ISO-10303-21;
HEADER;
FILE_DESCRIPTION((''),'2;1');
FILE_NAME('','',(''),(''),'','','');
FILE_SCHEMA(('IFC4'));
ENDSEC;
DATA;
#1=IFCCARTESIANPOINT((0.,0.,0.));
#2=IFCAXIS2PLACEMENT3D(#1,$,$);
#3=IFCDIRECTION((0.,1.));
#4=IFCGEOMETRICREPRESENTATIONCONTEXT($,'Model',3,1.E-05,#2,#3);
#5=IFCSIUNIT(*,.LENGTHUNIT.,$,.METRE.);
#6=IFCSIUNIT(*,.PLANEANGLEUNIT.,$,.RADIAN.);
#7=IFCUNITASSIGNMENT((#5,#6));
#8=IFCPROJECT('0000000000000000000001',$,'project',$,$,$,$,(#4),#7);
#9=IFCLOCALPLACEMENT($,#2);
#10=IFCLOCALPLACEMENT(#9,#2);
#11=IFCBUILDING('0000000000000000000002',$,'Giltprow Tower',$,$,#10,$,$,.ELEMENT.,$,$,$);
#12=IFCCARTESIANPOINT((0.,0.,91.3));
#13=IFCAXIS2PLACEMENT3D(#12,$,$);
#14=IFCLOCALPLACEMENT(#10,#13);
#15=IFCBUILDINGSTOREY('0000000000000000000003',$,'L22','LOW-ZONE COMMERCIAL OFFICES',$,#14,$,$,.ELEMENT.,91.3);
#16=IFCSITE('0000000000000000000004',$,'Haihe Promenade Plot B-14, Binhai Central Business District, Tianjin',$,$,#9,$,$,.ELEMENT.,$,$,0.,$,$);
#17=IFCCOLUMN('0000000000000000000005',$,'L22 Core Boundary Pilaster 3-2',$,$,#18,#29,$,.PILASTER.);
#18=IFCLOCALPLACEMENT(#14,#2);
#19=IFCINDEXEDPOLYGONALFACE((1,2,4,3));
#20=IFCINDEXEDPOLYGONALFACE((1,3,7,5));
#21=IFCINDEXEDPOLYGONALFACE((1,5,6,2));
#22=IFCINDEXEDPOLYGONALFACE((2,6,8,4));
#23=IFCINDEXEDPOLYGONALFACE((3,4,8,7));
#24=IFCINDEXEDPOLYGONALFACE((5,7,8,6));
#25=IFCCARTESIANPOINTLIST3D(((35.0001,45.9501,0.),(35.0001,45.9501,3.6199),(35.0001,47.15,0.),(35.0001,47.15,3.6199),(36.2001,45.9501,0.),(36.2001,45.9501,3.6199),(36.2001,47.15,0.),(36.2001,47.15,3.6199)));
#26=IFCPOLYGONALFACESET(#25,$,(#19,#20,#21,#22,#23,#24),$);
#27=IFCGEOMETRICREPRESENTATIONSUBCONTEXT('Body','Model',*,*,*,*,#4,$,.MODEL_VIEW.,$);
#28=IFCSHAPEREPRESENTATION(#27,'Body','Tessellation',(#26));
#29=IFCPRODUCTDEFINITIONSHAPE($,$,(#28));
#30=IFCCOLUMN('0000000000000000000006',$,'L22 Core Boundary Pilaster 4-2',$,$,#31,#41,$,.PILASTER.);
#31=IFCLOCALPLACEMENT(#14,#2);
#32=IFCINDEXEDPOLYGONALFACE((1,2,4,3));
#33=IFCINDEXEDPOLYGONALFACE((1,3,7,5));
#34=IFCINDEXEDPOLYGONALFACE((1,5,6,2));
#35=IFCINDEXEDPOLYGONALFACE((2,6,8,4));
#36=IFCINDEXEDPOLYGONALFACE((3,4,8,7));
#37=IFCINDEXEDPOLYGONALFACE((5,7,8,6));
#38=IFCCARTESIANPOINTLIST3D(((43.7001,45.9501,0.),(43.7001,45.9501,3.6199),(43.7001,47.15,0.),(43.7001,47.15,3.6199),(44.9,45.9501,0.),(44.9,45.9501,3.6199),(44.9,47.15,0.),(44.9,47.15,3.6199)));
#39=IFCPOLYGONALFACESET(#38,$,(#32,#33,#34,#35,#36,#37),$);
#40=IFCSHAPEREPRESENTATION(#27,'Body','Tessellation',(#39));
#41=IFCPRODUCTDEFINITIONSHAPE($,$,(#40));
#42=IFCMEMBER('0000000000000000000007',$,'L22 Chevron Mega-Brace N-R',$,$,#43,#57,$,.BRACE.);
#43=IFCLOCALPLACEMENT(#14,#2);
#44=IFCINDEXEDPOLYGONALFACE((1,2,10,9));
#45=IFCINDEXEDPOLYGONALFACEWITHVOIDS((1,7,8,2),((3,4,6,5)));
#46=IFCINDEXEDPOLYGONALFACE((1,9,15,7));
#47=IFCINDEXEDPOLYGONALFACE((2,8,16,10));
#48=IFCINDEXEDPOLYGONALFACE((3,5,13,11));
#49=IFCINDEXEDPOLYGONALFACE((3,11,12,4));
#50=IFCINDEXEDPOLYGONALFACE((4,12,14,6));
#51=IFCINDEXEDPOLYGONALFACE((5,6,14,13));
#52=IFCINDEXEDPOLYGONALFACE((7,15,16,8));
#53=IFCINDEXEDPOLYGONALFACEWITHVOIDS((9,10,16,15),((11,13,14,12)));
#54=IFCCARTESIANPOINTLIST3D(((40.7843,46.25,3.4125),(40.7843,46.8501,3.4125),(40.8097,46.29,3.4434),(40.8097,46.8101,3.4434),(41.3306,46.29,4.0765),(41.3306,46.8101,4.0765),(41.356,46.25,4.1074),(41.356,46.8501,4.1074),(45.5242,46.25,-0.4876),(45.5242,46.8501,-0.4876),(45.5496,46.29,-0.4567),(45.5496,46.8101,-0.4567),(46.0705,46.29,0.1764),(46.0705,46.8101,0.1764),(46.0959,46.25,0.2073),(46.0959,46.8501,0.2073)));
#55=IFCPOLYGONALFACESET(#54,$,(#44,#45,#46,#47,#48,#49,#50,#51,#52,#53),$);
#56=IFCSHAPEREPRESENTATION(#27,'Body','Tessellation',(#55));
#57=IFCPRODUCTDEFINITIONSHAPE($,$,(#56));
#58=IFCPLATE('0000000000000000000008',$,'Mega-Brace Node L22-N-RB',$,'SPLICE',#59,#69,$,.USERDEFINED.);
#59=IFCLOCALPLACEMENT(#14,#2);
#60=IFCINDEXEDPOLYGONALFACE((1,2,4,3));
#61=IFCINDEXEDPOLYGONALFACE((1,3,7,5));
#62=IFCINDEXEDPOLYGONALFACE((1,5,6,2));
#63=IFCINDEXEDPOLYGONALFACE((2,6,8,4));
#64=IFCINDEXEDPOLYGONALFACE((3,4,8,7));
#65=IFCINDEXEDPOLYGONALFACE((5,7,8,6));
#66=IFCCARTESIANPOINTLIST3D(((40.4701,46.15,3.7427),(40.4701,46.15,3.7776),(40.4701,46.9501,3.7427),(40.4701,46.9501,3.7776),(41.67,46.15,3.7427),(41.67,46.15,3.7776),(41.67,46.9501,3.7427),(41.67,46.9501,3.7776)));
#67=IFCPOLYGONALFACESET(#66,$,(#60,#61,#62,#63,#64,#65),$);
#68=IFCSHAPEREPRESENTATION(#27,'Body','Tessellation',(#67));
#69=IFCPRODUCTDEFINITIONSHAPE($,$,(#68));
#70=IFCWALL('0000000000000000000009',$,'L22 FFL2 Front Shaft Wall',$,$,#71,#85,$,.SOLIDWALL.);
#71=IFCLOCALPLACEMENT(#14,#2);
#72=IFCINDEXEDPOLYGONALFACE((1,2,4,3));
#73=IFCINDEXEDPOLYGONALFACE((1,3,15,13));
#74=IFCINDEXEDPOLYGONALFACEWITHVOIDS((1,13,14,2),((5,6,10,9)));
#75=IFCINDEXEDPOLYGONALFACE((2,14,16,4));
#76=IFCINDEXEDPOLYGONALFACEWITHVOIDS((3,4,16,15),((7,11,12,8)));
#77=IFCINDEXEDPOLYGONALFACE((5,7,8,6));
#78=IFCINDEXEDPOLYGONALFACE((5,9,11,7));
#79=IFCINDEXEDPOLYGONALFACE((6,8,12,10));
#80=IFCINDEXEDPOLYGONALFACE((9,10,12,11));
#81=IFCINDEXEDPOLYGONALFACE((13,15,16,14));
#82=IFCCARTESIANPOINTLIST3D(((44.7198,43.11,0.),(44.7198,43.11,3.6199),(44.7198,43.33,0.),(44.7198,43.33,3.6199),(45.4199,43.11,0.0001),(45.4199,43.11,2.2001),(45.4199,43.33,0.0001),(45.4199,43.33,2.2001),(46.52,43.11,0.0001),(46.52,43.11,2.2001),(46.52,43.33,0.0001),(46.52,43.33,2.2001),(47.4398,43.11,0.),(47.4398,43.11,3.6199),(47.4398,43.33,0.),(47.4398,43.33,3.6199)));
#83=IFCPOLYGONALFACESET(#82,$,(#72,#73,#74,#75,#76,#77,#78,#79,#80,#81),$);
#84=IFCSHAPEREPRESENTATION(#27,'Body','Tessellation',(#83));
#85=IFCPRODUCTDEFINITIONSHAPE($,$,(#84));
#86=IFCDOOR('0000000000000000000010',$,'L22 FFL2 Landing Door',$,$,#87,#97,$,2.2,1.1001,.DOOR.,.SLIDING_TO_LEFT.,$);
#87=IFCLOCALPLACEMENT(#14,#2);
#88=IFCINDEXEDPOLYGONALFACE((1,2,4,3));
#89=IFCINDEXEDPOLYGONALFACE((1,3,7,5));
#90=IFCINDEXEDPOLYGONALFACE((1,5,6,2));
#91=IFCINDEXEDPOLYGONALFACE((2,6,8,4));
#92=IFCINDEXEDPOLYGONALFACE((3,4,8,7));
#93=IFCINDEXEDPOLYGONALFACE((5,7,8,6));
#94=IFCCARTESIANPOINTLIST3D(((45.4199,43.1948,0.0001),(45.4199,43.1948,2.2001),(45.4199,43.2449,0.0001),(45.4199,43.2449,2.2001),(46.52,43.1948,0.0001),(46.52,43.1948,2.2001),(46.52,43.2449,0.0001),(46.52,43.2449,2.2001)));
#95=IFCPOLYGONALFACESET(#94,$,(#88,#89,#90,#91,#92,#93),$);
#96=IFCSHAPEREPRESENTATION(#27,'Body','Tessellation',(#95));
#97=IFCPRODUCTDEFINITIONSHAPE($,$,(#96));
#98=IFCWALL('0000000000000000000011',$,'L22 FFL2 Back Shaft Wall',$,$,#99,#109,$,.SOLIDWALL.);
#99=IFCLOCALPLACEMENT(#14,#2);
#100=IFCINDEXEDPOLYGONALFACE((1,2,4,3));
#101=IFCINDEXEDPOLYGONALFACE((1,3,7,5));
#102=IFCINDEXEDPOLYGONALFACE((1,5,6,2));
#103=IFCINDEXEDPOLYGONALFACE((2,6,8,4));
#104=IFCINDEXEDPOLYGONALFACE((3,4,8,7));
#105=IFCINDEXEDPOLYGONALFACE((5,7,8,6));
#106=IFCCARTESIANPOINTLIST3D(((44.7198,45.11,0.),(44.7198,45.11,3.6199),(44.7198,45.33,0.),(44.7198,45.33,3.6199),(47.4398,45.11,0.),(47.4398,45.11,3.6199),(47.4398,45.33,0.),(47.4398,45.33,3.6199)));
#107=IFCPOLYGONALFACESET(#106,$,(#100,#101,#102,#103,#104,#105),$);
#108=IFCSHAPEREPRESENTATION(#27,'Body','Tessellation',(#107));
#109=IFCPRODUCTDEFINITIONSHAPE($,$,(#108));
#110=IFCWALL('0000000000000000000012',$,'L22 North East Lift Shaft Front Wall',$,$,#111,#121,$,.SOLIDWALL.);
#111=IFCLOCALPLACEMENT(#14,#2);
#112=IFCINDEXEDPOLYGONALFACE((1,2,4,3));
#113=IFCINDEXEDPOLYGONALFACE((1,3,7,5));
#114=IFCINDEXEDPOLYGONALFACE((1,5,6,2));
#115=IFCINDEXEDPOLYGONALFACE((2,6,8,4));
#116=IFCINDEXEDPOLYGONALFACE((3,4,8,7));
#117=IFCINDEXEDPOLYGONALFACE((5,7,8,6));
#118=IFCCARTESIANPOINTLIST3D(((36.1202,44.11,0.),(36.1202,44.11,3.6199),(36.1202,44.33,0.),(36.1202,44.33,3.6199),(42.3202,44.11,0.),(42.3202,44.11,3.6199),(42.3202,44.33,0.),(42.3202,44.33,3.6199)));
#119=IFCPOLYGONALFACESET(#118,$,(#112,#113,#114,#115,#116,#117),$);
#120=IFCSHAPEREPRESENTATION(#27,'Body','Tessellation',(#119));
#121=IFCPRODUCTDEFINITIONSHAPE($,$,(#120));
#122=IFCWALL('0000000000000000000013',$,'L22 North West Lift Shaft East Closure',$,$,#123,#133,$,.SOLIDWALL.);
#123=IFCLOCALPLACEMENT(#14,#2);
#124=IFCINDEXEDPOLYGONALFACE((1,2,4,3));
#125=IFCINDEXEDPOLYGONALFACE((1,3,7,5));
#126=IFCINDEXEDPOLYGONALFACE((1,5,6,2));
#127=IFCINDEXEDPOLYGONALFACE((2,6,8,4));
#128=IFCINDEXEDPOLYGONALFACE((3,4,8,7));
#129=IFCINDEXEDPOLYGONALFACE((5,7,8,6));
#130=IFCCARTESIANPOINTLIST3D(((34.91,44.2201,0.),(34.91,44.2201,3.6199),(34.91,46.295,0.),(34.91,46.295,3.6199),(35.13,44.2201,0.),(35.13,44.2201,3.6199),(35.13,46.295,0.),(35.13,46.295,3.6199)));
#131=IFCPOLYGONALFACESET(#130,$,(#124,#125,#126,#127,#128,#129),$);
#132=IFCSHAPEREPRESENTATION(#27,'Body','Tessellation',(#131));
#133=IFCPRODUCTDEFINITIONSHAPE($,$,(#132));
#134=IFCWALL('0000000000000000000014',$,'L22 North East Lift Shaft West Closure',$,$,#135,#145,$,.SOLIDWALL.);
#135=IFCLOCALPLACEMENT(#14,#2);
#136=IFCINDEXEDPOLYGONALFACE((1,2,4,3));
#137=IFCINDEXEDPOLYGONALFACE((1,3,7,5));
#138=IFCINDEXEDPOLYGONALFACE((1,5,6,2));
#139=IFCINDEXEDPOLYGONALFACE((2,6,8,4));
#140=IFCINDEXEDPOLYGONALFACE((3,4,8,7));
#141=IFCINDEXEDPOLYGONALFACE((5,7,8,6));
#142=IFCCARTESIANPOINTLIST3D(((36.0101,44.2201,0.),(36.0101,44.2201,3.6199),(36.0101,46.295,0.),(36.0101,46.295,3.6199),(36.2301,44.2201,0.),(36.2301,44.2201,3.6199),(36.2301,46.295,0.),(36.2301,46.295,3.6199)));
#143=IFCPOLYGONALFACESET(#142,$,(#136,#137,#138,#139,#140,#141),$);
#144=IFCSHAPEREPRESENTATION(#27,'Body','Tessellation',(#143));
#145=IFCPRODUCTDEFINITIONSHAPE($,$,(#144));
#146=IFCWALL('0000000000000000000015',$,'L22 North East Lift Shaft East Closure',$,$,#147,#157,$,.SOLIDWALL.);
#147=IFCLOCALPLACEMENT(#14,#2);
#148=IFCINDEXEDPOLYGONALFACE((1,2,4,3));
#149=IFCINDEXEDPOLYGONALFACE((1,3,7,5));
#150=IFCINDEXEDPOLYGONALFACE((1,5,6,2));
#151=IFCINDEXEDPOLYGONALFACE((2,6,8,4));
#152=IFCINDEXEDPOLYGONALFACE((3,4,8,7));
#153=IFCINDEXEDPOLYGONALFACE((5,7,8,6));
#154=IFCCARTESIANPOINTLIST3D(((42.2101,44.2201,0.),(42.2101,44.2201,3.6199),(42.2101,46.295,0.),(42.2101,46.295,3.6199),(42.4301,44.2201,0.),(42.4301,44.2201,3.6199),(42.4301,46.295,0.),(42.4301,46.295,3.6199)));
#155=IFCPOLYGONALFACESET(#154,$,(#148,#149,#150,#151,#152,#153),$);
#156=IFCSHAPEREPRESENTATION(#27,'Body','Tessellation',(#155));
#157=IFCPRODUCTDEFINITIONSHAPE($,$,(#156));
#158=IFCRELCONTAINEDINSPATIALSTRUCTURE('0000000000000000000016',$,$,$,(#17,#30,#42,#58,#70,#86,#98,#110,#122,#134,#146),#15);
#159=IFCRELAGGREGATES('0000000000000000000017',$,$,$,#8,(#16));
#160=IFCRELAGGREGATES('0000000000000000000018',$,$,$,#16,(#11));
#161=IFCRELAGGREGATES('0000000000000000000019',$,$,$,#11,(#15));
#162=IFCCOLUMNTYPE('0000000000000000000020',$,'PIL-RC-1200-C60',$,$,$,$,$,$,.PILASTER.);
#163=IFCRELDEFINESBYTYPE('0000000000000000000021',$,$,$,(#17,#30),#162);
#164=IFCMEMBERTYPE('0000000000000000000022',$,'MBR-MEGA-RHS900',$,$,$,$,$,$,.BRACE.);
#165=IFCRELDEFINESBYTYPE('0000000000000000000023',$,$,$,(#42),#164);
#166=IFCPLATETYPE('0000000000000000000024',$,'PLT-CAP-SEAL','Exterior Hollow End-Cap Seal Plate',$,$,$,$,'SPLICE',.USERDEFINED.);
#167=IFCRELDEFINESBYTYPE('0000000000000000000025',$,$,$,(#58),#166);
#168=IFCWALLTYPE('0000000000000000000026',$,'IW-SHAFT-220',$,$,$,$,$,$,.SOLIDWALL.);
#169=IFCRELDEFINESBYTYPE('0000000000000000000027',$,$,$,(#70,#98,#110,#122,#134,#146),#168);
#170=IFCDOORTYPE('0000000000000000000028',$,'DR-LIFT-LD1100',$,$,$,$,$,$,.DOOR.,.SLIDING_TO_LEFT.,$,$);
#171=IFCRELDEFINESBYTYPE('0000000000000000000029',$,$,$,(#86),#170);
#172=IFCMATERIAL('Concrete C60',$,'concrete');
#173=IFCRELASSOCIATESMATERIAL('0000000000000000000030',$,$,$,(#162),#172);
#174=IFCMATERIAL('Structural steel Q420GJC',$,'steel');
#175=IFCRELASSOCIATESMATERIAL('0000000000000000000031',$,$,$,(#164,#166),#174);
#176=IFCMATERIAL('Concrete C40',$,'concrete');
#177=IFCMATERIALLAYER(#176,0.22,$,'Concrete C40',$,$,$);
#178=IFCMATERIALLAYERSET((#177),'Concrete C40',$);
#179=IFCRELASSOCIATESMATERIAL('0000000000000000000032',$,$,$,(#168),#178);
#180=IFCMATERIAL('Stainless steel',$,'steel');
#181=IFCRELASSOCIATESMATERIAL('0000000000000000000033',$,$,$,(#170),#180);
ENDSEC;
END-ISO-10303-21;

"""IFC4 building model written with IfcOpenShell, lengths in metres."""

from ifc_helpers import new_model, si_unit, direction, frame, frame_2d, origin, origin_2d, place, context, subcontext, project, spatial, rectangle, hollow_rectangle, extrude, source, transform, mapped, material, layer, layer_set, material_profile, profile_set, type_object, element, fill, save


model = new_model("IFC4")

# Units and contexts
model_context = context("Model", 3, precision=1e-05, world=origin(), true_north=direction((0.0, 1.0)))
body_context = subcontext(model_context, "Body", "Model", "MODEL_VIEW")
ifc_project = project(units=[si_unit("LENGTHUNIT", "METRE"), si_unit("PLANEANGLEUNIT", "RADIAN")], contexts=[model_context])

# Site, building, storey
site_placement = place(None, origin())
site = spatial("IfcSite", under=ifc_project, at=site_placement, Name="Haihe Promenade Plot B-14, Binhai Central Business District, Tianjin", CompositionType="ELEMENT", RefElevation=0.0)
building_placement = place(site_placement, origin())
building = spatial("IfcBuilding", under=site, at=building_placement, Name="Giltprow Tower", CompositionType="ELEMENT")
storey_placement = place(building_placement, frame((0.0, 0.0, 91.3)))
storey = spatial("IfcBuildingStorey", under=building, at=storey_placement, Name="L22", Description="LOW-ZONE COMMERCIAL OFFICES", CompositionType="ELEMENT", Elevation=91.3)

# Columns
ifc_material_1 = material(Name="Concrete C60", Category="concrete")
ifc_material_profile_1 = material_profile(ifc_material_1, rectangle(XDim=1.2, YDim=1.2, at=origin_2d()), Name="RC 1200x1200")
ifc_profile_set_1 = profile_set([ifc_material_profile_1], Name="Concrete C60")
column_type = type_object("IfcColumnType", Name="PIL-RC-1200-C60", PredefinedType="PILASTER", material=ifc_profile_set_1)
shared_shape_1 = source(origin(), body_context, "Body", "SweptSolid", [
    extrude(rectangle(XDim=1.2, YDim=1.2, at=origin_2d()), origin(), (0.0, 0.0, 1.0), 3.6199),
])
for number, where, z_axis, x_axis, name in (
    (1, (35.6001, 46.55, 0.0), (0.0, 0.0, 1.0), (1.0, 0.0, 0.0), "L22 Core Boundary Pilaster 3-2"),
    (2, (44.3, 46.55, 0.0), (0.0, 0.0, 1.0), (1.0, 0.0, 0.0), "L22 Core Boundary Pilaster 4-2"),
):
    element("IfcColumn", number, at=place(storey_placement, frame(where, z_axis=z_axis, x_axis=x_axis)), inside=storey, type_object=column_type, Name=name, PredefinedType="PILASTER", context=body_context, shape_type="MappedRepresentation", body=[
        mapped(shared_shape_1, transform((0.0, 0.0, 0.0), x_axis=(1.0, 0.0, 0.0), y_axis=(0.0, 1.0, 0.0), z_axis=(0.0, 0.0, 1.0), scale=1.0)),
    ])

# Member
ifc_material_2 = material(Name="Structural steel Q420GJC", Category="steel")
ifc_material_profile_2 = material_profile(ifc_material_2, hollow_rectangle(XDim=0.6001, YDim=0.8999, WallThickness=0.04, at=origin_2d()), Name="RHS 900x600x40")
ifc_profile_set_2 = profile_set([ifc_material_profile_2], Name="Structural steel Q420GJC")
member_type = type_object("IfcMemberType", Name="MBR-MEGA-RHS900", PredefinedType="BRACE", material=ifc_profile_set_2)
shared_shape_2 = source(origin(), body_context, "Body", "SweptSolid", [
    extrude(hollow_rectangle(XDim=0.6001, YDim=0.8999, WallThickness=0.04, at=origin_2d()), origin(), (0.0, 0.0, 1.0), 6.1382),
])
member_placement = place(storey_placement, frame((45.8101, 46.55, -0.1401), z_axis=(-0.7722, 0.0, 0.63538), x_axis=(0.0, -1.0, 0.0)))
element("IfcMember", 3, at=member_placement, inside=storey, type_object=member_type, Name="L22 Chevron Mega-Brace N-R", PredefinedType="BRACE", context=body_context, shape_type="MappedRepresentation", body=[
    mapped(shared_shape_2, transform((0.0, 0.0, 0.0), x_axis=(1.0, 0.0, 0.0), y_axis=(0.0, 1.0, 0.0), z_axis=(0.0, 0.0, 1.0), scale=1.0)),
])

# Plate
plate_type = type_object("IfcPlateType", Name="PLT-CAP-SEAL", Description="Exterior Hollow End-Cap Seal Plate", ElementType="SPLICE", PredefinedType="USERDEFINED", material=ifc_material_2)
shared_shape_3 = source(origin(), body_context, "Body", "SweptSolid", [
    extrude(rectangle(XDim=1.2, YDim=0.8, at=origin_2d()), origin(), (0.0, 0.0, 1.0), 0.0349),
])
plate_placement = place(storey_placement, frame((41.0701, 46.55, 3.7427), z_axis=(0.0, 0.0, 1.0), x_axis=(1.0, 0.0, 0.0)))
element("IfcPlate", 4, at=plate_placement, inside=storey, type_object=plate_type, Name="Mega-Brace Node L22-N-RB", ObjectType="SPLICE", PredefinedType="USERDEFINED", context=body_context, shape_type="MappedRepresentation", body=[
    mapped(shared_shape_3, transform((0.0, 0.0, 0.0), x_axis=(1.0, 0.0, 0.0), y_axis=(0.0, 1.0, 0.0), z_axis=(0.0, 0.0, 1.0), scale=1.0)),
])

# Wall, opening, door
ifc_material_3 = material(Name="Concrete C40", Category="concrete")
ifc_layer_1 = layer(ifc_material_3, 0.22, Name="Concrete C40")
ifc_layer_set_1 = layer_set([ifc_layer_1], Name="Concrete C40")
wall_type_1 = type_object("IfcWallType", Name="IW-SHAFT-220", PredefinedType="SOLIDWALL", material=ifc_layer_set_1)
wall_1_placement = place(storey_placement, frame((44.72, 43.22, 0.0), z_axis=(0.0, 0.0, 1.0), x_axis=(1.0, 0.0, 0.0)))
wall_1 = element("IfcWall", 5, at=wall_1_placement, inside=storey, type_object=wall_type_1, Name="L22 FFL2 Front Shaft Wall", PredefinedType="SOLIDWALL", context=body_context, shape_type="SweptSolid", body=[
    extrude(rectangle(XDim=2.72, YDim=0.22, at=frame_2d((1.3599, 0.0))), origin(), (0.0, 0.0, 1.0), 3.6199),
])
opening_1_placement = place(wall_1_placement, frame((0.7, 0.0, 0.0)))
opening_1 = element("IfcOpeningElement", 6, at=opening_1_placement, cuts=wall_1, PredefinedType="OPENING", context=body_context, shape_type="SweptSolid", body=[
    extrude(rectangle(XDim=1.1001, YDim=2.2, at=frame_2d((0.55, 1.1001))), frame((0.0, 0.1199, 0.0), z_axis=(0.0, -1.0, 0.0), x_axis=(1.0, 0.0, 0.0)), (0.0, 0.0, 1.0), 0.24),
])
ifc_material_4 = material(Name="Stainless steel", Category="steel")
door_type = type_object("IfcDoorType", Name="DR-LIFT-LD1100", OperationType="SLIDING_TO_LEFT", PredefinedType="DOOR", material=ifc_material_4)
shared_shape_4 = source(origin(), body_context, "Body", "SweptSolid", [
    extrude(rectangle(XDim=1.1001, YDim=2.2, at=frame_2d((0.55, 1.1001))), frame((0.0, 0.0249, 0.0), z_axis=(0.0, -1.0, 0.0), x_axis=(1.0, 0.0, 0.0)), (0.0, 0.0, 1.0), 0.05),
])
door_1_placement = place(opening_1_placement, origin())
door_1 = element("IfcDoor", 7, at=door_1_placement, inside=storey, type_object=door_type, Name="L22 FFL2 Landing Door", OperationType="SLIDING_TO_LEFT", OverallHeight=2.2, OverallWidth=1.1001, PredefinedType="DOOR", context=body_context, shape_type="MappedRepresentation", body=[
    mapped(shared_shape_4, transform((0.0, 0.0, 0.0), x_axis=(1.0, 0.0, 0.0), y_axis=(0.0, 1.0, 0.0), z_axis=(0.0, 0.0, 1.0), scale=1.0)),
])
fill(opening_1, door_1)

# Walls
wall_2_placement = place(storey_placement, frame((44.72, 45.22, 0.0), z_axis=(0.0, 0.0, 1.0), x_axis=(1.0, 0.0, 0.0)))
element("IfcWall", 8, at=wall_2_placement, inside=storey, type_object=wall_type_1, Name="L22 FFL2 Back Shaft Wall", PredefinedType="SOLIDWALL", context=body_context, shape_type="SweptSolid", body=[
    extrude(rectangle(XDim=2.72, YDim=0.22, at=frame_2d((1.3599, 0.0))), origin(), (0.0, 0.0, 1.0), 3.6199),
])
wall_3_placement = place(storey_placement, frame((36.1201, 44.22, 0.0), z_axis=(0.0, 0.0, 1.0), x_axis=(1.0, 0.0, 0.0)))
element("IfcWall", 9, at=wall_3_placement, inside=storey, type_object=wall_type_1, Name="L22 North East Lift Shaft Front Wall", PredefinedType="SOLIDWALL", context=body_context, shape_type="SweptSolid", body=[
    extrude(rectangle(XDim=6.2, YDim=0.22, at=frame_2d((3.1001, 0.0))), origin(), (0.0, 0.0, 1.0), 3.6199),
])
for number, where, z_axis, x_axis, name in (
    (10, (35.02, 44.22, 0.0), (0.0, 0.0, 1.0), (0.0, 1.0, 0.0), "L22 North West Lift Shaft East Closure"),
    (11, (36.1201, 44.22, 0.0), (0.0, 0.0, 1.0), (0.0, 1.0, 0.0), "L22 North East Lift Shaft West Closure"),
    (12, (42.3201, 44.22, 0.0), (0.0, 0.0, 1.0), (0.0, 1.0, 0.0), "L22 North East Lift Shaft East Closure"),
):
    element("IfcWall", number, at=place(storey_placement, frame(where, z_axis=z_axis, x_axis=x_axis)), inside=storey, type_object=wall_type_1, Name=name, PredefinedType="SOLIDWALL", context=body_context, shape_type="SweptSolid", body=[
        extrude(rectangle(XDim=2.075, YDim=0.22, at=frame_2d((1.0376, 0.0))), origin(), (0.0, 0.0, 1.0), 3.6199),
    ])

save(model, "model.ifc")
